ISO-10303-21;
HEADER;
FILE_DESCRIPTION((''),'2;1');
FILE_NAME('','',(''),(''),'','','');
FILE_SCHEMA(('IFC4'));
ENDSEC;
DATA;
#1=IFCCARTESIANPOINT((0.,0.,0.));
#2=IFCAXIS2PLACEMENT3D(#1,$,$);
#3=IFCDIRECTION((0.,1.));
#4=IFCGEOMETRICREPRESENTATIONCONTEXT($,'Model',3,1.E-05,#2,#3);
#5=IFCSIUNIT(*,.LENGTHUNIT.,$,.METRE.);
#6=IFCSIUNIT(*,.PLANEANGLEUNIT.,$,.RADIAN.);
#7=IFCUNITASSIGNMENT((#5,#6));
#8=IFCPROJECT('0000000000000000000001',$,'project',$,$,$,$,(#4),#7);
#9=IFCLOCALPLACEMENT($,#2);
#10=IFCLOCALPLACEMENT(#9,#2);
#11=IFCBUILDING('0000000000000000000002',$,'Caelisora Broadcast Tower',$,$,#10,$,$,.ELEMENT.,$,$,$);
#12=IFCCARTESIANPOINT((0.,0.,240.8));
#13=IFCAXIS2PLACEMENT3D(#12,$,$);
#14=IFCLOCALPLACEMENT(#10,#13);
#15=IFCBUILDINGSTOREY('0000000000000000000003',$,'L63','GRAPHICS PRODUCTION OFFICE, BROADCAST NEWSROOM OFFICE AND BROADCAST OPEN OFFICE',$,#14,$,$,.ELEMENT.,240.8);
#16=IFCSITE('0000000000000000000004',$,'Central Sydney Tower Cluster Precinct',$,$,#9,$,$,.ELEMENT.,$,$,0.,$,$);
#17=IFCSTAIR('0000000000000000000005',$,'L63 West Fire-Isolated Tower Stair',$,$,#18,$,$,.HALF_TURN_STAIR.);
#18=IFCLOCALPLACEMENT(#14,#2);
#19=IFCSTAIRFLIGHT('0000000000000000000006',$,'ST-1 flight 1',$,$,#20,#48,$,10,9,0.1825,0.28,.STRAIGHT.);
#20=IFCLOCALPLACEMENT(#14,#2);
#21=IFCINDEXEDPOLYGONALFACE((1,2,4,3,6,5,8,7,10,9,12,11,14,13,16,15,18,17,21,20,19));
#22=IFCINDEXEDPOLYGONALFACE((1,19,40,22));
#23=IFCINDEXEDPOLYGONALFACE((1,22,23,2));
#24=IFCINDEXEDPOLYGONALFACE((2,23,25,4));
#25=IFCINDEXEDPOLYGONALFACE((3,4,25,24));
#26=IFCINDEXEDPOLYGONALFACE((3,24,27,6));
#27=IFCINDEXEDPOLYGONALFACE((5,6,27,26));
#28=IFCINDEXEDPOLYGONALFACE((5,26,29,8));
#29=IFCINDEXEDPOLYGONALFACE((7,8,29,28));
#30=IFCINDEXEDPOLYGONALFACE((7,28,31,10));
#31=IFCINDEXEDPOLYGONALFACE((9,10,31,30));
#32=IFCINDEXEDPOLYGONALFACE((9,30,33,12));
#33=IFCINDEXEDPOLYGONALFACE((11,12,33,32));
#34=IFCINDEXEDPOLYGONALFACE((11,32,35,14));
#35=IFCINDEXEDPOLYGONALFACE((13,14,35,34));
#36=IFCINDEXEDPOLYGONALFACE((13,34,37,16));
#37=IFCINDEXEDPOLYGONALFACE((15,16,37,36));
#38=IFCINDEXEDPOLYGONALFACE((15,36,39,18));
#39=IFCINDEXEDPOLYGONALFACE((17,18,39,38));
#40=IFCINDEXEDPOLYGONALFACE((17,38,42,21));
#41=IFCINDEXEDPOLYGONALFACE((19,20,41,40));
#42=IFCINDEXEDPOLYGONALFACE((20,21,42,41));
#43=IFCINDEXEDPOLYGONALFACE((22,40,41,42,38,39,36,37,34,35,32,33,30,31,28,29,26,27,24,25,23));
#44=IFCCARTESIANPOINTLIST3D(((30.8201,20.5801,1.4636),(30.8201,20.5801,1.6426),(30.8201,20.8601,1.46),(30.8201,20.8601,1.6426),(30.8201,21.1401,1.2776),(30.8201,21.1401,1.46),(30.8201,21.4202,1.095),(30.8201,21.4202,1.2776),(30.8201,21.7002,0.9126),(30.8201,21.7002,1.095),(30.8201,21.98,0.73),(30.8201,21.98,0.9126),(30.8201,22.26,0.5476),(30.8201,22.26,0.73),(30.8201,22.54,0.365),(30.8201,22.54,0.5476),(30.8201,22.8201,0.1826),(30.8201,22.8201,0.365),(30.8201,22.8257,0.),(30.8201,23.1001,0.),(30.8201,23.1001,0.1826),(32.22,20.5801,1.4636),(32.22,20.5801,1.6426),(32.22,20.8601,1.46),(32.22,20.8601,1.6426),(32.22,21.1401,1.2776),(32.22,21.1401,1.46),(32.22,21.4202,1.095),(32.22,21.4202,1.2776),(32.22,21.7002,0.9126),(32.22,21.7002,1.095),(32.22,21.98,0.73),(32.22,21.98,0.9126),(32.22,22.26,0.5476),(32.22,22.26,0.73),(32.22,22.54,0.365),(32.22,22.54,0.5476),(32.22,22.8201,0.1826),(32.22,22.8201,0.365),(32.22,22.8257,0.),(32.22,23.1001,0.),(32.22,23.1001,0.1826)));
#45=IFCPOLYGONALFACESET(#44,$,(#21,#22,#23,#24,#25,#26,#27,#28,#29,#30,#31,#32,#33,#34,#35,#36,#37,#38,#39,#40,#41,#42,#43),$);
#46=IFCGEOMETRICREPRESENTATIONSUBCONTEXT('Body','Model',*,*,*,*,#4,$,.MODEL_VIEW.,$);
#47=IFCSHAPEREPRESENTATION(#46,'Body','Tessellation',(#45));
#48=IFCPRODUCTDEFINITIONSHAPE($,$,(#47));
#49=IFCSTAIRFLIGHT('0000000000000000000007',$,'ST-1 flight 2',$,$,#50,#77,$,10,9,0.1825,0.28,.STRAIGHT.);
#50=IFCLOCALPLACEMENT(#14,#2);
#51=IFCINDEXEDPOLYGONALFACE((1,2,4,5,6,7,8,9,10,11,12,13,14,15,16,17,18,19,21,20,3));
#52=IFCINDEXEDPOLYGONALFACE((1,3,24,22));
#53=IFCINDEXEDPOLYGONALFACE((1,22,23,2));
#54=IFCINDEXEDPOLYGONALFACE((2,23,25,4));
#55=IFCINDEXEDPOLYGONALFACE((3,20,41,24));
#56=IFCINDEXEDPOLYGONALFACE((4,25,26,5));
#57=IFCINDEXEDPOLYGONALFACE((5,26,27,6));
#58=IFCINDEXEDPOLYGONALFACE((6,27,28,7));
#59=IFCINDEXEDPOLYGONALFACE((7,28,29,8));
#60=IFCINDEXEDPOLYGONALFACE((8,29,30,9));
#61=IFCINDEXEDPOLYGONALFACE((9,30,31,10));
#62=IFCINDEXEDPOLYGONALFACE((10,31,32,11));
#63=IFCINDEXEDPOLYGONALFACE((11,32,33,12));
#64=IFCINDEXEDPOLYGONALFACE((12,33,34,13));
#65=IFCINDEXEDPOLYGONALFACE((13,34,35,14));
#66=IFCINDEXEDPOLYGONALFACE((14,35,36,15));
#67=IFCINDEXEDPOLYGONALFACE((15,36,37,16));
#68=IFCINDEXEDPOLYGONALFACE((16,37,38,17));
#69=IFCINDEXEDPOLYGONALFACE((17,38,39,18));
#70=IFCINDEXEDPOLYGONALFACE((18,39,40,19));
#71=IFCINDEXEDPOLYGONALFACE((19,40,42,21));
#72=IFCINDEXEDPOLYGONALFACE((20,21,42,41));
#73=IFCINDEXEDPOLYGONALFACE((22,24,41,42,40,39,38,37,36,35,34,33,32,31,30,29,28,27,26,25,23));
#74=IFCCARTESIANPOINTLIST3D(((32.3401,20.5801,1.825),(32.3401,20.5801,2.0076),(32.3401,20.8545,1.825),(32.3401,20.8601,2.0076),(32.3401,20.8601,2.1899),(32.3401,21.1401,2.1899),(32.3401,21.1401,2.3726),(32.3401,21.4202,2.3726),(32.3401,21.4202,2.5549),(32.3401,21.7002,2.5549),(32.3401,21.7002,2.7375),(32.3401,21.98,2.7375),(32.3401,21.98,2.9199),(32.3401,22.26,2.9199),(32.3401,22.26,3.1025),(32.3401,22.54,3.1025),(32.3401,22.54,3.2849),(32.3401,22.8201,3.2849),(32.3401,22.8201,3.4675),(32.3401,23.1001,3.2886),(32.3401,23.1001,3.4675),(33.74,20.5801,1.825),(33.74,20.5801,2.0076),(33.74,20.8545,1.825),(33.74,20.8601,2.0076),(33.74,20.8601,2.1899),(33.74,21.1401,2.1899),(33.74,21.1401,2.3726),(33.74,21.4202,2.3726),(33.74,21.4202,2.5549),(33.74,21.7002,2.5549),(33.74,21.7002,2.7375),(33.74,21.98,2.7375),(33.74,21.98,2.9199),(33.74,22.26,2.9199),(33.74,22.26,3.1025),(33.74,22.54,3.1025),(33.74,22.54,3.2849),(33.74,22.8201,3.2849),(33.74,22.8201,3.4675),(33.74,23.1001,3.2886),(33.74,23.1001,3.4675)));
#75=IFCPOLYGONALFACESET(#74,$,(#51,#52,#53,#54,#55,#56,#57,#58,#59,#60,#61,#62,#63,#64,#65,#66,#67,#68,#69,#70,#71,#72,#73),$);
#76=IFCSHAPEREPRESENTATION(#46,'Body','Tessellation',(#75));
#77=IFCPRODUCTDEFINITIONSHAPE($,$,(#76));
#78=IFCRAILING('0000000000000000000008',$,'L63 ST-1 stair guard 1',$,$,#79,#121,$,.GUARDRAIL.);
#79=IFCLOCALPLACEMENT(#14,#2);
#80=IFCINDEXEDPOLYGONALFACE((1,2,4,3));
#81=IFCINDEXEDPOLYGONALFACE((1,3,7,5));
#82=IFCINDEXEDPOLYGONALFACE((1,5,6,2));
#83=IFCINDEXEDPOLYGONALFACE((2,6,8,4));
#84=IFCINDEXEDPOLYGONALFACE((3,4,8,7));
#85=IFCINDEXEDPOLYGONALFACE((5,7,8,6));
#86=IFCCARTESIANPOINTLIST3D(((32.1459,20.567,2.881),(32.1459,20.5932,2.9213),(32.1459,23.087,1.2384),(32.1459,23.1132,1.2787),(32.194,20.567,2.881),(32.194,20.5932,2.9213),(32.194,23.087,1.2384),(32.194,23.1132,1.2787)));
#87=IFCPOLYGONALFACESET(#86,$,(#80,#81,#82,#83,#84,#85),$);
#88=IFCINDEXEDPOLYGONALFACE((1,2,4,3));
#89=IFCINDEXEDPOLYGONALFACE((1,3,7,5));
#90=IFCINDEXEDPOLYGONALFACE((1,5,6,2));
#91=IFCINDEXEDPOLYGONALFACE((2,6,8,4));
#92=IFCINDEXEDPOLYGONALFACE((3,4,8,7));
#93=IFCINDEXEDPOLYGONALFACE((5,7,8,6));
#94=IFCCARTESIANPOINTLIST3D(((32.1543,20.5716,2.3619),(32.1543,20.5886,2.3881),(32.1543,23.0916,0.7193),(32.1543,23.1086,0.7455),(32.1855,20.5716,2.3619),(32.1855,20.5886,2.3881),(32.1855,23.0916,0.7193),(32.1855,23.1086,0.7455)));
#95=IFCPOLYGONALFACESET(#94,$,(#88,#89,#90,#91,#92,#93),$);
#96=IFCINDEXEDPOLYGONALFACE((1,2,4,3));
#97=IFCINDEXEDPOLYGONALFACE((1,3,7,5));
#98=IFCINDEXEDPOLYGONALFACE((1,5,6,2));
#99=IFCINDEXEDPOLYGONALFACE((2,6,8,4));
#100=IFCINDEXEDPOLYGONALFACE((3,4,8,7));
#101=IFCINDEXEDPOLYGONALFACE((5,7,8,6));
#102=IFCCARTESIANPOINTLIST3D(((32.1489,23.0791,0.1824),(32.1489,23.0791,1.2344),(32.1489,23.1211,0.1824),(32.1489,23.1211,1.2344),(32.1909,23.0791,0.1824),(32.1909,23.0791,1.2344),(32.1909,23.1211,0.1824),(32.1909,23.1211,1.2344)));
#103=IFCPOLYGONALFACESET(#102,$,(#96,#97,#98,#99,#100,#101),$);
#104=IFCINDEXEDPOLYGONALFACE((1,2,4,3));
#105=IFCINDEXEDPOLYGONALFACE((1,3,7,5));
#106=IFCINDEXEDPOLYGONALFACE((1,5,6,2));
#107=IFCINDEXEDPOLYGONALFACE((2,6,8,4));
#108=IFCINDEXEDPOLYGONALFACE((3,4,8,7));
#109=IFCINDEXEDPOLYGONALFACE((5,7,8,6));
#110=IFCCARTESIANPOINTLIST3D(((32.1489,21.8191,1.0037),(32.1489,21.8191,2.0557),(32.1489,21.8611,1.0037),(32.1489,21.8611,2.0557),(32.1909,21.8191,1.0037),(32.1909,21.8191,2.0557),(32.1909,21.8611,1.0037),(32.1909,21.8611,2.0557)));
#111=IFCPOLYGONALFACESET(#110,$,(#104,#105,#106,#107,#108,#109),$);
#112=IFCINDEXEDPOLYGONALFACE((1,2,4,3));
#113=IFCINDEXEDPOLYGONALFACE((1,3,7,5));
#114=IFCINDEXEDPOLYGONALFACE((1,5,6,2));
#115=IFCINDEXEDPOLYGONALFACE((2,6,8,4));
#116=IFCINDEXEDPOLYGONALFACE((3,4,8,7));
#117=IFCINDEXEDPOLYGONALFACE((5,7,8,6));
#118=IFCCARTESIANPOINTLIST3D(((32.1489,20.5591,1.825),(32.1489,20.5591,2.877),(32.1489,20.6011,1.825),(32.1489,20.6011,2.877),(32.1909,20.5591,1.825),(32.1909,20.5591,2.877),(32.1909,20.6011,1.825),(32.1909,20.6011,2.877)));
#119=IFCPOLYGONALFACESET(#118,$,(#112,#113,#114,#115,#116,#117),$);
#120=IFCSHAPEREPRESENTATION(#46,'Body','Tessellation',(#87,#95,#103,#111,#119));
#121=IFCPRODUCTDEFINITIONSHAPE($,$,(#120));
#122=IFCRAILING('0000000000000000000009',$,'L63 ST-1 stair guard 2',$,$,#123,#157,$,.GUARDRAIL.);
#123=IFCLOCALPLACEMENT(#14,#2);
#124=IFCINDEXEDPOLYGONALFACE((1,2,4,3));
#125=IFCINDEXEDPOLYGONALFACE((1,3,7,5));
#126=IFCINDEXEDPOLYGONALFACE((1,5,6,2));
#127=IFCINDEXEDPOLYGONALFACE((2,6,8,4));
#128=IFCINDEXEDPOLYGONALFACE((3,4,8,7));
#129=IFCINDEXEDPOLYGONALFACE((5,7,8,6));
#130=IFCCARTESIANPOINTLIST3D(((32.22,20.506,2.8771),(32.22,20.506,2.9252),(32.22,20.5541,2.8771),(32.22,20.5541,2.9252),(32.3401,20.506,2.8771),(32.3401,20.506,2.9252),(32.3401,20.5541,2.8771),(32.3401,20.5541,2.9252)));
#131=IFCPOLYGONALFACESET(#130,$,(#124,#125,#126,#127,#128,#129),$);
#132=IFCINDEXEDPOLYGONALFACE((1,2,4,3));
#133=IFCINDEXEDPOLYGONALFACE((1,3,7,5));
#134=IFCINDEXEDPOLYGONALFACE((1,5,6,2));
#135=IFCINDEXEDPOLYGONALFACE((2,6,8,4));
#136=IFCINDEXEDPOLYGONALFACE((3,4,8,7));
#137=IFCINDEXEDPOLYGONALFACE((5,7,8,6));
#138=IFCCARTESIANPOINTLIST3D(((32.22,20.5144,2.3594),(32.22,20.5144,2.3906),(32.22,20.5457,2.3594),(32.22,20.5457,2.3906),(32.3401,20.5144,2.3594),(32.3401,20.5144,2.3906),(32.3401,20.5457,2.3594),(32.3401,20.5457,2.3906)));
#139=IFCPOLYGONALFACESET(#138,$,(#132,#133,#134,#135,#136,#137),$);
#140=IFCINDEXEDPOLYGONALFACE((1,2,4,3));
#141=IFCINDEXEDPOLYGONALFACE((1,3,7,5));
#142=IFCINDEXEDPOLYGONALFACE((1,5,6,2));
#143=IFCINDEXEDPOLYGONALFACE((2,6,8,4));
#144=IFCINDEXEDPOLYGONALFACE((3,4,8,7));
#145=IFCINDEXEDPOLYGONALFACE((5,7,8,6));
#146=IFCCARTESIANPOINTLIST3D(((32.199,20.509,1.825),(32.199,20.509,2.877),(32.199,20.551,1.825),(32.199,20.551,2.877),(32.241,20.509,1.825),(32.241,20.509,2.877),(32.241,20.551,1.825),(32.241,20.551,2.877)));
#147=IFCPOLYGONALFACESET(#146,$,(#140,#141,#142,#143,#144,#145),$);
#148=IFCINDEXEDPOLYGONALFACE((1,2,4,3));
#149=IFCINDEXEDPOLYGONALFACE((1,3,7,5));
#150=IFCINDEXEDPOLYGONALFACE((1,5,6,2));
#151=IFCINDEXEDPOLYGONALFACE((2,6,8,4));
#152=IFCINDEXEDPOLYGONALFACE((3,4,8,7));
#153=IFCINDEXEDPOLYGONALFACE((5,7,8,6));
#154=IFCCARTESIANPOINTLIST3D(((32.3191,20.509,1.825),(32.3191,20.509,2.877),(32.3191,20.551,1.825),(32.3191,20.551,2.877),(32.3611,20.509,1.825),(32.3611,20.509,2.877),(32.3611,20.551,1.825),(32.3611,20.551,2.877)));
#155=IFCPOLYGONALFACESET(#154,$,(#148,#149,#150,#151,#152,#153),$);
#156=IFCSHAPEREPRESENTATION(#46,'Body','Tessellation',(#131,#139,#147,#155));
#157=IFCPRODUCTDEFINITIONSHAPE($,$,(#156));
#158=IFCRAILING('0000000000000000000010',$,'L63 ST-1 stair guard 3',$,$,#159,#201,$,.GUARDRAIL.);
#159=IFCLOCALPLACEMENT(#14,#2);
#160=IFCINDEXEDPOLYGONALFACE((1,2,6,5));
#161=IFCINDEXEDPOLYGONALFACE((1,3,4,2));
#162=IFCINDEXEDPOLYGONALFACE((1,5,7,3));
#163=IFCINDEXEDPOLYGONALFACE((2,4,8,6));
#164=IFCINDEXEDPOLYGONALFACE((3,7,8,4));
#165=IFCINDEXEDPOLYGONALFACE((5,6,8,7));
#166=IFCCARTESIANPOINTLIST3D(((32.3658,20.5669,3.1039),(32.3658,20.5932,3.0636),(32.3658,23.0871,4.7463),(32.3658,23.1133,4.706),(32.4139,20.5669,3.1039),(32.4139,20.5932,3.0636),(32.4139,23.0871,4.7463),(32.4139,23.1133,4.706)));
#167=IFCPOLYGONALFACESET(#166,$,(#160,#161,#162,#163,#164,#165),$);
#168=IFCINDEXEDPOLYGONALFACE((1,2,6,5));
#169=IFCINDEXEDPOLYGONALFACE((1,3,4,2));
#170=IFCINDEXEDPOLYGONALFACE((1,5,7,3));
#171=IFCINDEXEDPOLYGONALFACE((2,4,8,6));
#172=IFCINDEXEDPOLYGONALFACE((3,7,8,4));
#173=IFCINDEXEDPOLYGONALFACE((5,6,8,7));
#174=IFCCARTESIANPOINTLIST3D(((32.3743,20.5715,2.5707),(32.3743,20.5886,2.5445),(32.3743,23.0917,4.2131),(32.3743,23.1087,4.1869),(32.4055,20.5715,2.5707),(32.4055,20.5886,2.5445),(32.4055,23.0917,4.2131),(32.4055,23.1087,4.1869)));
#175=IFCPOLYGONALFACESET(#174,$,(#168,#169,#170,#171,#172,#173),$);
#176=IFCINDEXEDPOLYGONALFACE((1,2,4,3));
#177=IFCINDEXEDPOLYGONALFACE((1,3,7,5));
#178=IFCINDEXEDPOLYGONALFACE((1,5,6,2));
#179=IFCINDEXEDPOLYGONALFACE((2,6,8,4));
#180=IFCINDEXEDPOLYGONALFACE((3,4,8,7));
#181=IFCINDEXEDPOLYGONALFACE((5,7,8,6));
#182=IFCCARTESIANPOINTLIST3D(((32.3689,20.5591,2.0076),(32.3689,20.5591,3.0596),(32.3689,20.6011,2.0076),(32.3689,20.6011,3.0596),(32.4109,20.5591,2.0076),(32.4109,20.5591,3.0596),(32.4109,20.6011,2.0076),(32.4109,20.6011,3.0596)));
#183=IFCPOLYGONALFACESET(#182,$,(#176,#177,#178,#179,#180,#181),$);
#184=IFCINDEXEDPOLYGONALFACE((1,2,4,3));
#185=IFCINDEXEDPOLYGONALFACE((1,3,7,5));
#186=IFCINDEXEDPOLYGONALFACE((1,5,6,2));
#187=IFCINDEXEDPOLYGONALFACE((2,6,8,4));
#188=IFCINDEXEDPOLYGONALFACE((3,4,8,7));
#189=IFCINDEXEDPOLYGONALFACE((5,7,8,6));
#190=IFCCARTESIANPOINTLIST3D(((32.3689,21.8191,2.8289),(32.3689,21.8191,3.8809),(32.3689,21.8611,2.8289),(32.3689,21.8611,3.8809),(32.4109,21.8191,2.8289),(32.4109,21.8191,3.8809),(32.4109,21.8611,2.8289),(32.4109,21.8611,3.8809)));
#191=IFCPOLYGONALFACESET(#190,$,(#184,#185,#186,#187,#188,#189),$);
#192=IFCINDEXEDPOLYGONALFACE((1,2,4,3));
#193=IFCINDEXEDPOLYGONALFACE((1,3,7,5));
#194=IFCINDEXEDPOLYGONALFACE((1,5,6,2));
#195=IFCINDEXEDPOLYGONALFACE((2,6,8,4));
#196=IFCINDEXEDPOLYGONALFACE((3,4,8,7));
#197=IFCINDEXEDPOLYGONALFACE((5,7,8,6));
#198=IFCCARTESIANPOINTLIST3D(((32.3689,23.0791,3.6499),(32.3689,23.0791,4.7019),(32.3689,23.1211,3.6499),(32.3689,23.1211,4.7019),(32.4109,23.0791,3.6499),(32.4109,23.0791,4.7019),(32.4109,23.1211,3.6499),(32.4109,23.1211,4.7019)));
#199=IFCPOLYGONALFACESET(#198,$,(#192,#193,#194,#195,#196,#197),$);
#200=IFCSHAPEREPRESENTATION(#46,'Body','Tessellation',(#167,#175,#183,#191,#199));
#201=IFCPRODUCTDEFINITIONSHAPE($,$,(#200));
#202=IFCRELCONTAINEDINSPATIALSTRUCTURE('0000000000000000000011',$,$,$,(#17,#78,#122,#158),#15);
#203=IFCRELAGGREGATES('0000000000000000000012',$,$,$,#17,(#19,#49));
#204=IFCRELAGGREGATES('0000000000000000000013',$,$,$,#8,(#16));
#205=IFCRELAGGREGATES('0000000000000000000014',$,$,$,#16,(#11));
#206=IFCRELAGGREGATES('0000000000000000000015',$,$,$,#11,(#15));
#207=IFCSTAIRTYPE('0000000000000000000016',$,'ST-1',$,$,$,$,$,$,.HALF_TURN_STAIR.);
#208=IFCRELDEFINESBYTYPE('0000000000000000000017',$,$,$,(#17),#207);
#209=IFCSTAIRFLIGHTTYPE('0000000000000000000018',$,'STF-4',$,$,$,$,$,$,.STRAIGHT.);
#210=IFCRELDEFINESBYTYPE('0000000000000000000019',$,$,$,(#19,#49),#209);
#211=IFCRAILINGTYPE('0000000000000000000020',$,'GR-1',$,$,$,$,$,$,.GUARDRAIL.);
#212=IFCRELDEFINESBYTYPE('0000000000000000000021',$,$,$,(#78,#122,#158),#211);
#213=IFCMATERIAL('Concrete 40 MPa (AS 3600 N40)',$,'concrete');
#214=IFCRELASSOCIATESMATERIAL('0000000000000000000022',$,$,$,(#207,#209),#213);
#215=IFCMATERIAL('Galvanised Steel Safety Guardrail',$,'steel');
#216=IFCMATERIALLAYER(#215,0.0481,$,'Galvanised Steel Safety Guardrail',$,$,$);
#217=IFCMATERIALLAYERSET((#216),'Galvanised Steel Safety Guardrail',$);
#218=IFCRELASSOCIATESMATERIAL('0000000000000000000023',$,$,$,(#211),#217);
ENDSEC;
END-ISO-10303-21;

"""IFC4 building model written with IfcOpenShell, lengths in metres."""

from ifc_helpers import new_model, si_unit, direction, frame, origin, origin_2d, place, context, subcontext, project, spatial, polyline, rectangle, outline, extrude, material, layer, layer_set, type_object, element, aggregate, save


model = new_model("IFC4")

# Units and contexts
model_context = context("Model", 3, precision=1e-05, world=origin(), true_north=direction((0.0, 1.0)))
body_context = subcontext(model_context, "Body", "Model", "MODEL_VIEW")
ifc_project = project(units=[si_unit("LENGTHUNIT", "METRE"), si_unit("PLANEANGLEUNIT", "RADIAN")], contexts=[model_context])

# Site, building, storey
site_placement = place(None, origin())
site = spatial("IfcSite", under=ifc_project, at=site_placement, Name="Central Sydney Tower Cluster Precinct", CompositionType="ELEMENT", RefElevation=0.0)
building_placement = place(site_placement, origin())
building = spatial("IfcBuilding", under=site, at=building_placement, Name="Caelisora Broadcast Tower", CompositionType="ELEMENT")
storey_placement = place(building_placement, frame((0.0, 0.0, 240.8)))
storey = spatial("IfcBuildingStorey", under=building, at=storey_placement, Name="L63", Description="GRAPHICS PRODUCTION OFFICE, BROADCAST NEWSROOM OFFICE AND BROADCAST OPEN OFFICE", CompositionType="ELEMENT", Elevation=240.8)

# Shared definitions
ifc_material_1 = material(Name="Concrete 40 MPa (AS 3600 N40)", Category="concrete")

# Stair, stair flights
stair_type = type_object("IfcStairType", Name="ST-1", PredefinedType="HALF_TURN_STAIR", material=ifc_material_1)
stair_placement = place(storey_placement, origin())
stair = element("IfcStair", 1, at=stair_placement, inside=storey, type_object=stair_type, Name="L63 West Fire-Isolated Tower Stair", PredefinedType="HALF_TURN_STAIR")
stair_flight_type = type_object("IfcStairFlightType", Name="STF-4", PredefinedType="STRAIGHT", material=ifc_material_1)
stair_flight_1_placement = place(storey_placement, frame((31.52, 23.1001, 0.0), z_axis=(0.0, 0.0, 1.0), x_axis=(0.0, -1.0, 0.0)))
stair_flight_1 = element("IfcStairFlight", 2, at=stair_flight_1_placement, type_object=stair_flight_type, Name="ST-1 flight 1", NumberOfRisers=10, NumberOfTreads=9, PredefinedType="STRAIGHT", RiserHeight=0.1825, TreadLength=0.28, context=body_context, shape_type="SweptSolid", body=[
    extrude(outline(polyline([(0.0, 0.0), (0.0, 0.1826), (0.28, 0.1826), (0.28, 0.365), (0.5601, 0.365), (0.5601, 0.5476), (0.8401, 0.5476), (0.8401, 0.73), (1.1201, 0.73), (1.1201, 0.9126), (1.3999, 0.9126), (1.3999, 1.095), (1.6799, 1.095), (1.6799, 1.2776), (1.96, 1.2776), (1.96, 1.46), (2.24, 1.46), (2.24, 1.6426), (2.52, 1.6426), (2.52, 1.825), (2.52, 1.4636), (0.2744, 0.0), (0.0, 0.0)])), frame((0.0, 0.7, 0.0), z_axis=(0.0, -1.0, 0.0), x_axis=(1.0, 0.0, 0.0)), (0.0, 0.0, 1.0), 1.3999),
])
stair_flight_2_placement = place(storey_placement, frame((33.04, 20.5801, 1.825), z_axis=(0.0, 0.0, 1.0), x_axis=(0.0, 1.0, 0.0)))
stair_flight_2 = element("IfcStairFlight", 3, at=stair_flight_2_placement, type_object=stair_flight_type, Name="ST-1 flight 2", NumberOfRisers=10, NumberOfTreads=9, PredefinedType="STRAIGHT", RiserHeight=0.1825, TreadLength=0.28, context=body_context, shape_type="SweptSolid", body=[
    extrude(outline(polyline([(0.0, 0.0), (0.0, 0.1826), (0.28, 0.1826), (0.28, 0.365), (0.5601, 0.365), (0.5601, 0.5476), (0.8401, 0.5476), (0.8401, 0.73), (1.1201, 0.73), (1.1201, 0.9126), (1.3999, 0.9126), (1.3999, 1.095), (1.6799, 1.095), (1.6799, 1.2776), (1.96, 1.2776), (1.96, 1.46), (2.24, 1.46), (2.24, 1.6426), (2.52, 1.6426), (2.52, 1.825), (2.52, 1.4636), (0.2744, 0.0), (0.0, 0.0)])), frame((0.0, 0.7, 0.0), z_axis=(0.0, -1.0, 0.0), x_axis=(1.0, 0.0, 0.0)), (0.0, 0.0, 1.0), 1.3999),
])
aggregate(stair, [stair_flight_1, stair_flight_2])

# Railings
ifc_material_2 = material(Name="Galvanised Steel Safety Guardrail", Category="steel")
ifc_layer_1 = layer(ifc_material_2, 0.0481, Name="Galvanised Steel Safety Guardrail")
ifc_layer_set_1 = layer_set([ifc_layer_1], Name="Galvanised Steel Safety Guardrail")
railing_type_1 = type_object("IfcRailingType", Name="GR-1", PredefinedType="GUARDRAIL", material=ifc_layer_set_1)
railing_1_placement = place(storey_placement, frame((32.1699, 23.1001, 0.1824)))
element("IfcRailing", 4, at=railing_1_placement, inside=storey, type_object=railing_type_1, Name="L63 ST-1 stair guard 1", PredefinedType="GUARDRAIL", context=body_context, shape_type="SweptSolid", body=[
    extrude(rectangle(XDim=0.0481, YDim=0.0481, at=origin_2d()), frame((0.0, 0.0, 1.0762), z_axis=(0.0, -0.837749, 0.546055), x_axis=(1.0, 0.0, 0.0)), (0.0, 0.0, 1.0), 3.0081),
    extrude(rectangle(XDim=0.0312, YDim=0.0312, at=origin_2d()), frame((0.0, 0.0, 0.55), z_axis=(0.0, -0.837749, 0.546055), x_axis=(1.0, 0.0, 0.0)), (0.0, 0.0, 1.0), 3.0081),
    extrude(rectangle(XDim=0.042, YDim=0.042, at=origin_2d()), origin(), (0.0, 0.0, 1.0), 1.052),
    extrude(rectangle(XDim=0.042, YDim=0.042, at=origin_2d()), frame((0.0, -1.26, 0.8213)), (0.0, 0.0, 1.0), 1.052),
    extrude(rectangle(XDim=0.042, YDim=0.042, at=origin_2d()), frame((0.0, -2.52, 1.6426)), (0.0, 0.0, 1.0), 1.052),
])
railing_2_placement = place(storey_placement, frame((32.22, 20.53, 1.825)))
element("IfcRailing", 5, at=railing_2_placement, inside=storey, type_object=railing_type_1, Name="L63 ST-1 stair guard 2", PredefinedType="GUARDRAIL", context=body_context, shape_type="SweptSolid", body=[
    extrude(rectangle(XDim=0.0481, YDim=0.0481, at=origin_2d()), frame((0.0, 0.0, 1.0762), z_axis=(1.0, 0.0, 0.0), x_axis=(0.0, 1.0, 0.0)), (0.0, 0.0, 1.0), 0.1201),
    extrude(rectangle(XDim=0.0312, YDim=0.0312, at=origin_2d()), frame((0.0, 0.0, 0.55), z_axis=(1.0, 0.0, 0.0), x_axis=(0.0, 1.0, 0.0)), (0.0, 0.0, 1.0), 0.1201),
    extrude(rectangle(XDim=0.042, YDim=0.042, at=origin_2d()), origin(), (0.0, 0.0, 1.0), 1.052),
    extrude(rectangle(XDim=0.042, YDim=0.042, at=origin_2d()), frame((0.1201, 0.0, 0.0)), (0.0, 0.0, 1.0), 1.052),
])
railing_3_placement = place(storey_placement, frame((32.3899, 20.5801, 2.0076)))
element("IfcRailing", 6, at=railing_3_placement, inside=storey, type_object=railing_type_1, Name="L63 ST-1 stair guard 3", PredefinedType="GUARDRAIL", context=body_context, shape_type="SweptSolid", body=[
    extrude(rectangle(XDim=0.0481, YDim=0.0481, at=origin_2d()), frame((0.0, 0.0, 1.0762), z_axis=(0.0, 0.837787, 0.545998), x_axis=(-1.0, 0.0, 0.0)), (0.0, 0.0, 1.0), 3.0081),
    extrude(rectangle(XDim=0.0312, YDim=0.0312, at=origin_2d()), frame((0.0, 0.0, 0.55), z_axis=(0.0, 0.837787, 0.545998), x_axis=(-1.0, 0.0, 0.0)), (0.0, 0.0, 1.0), 3.0081),
    extrude(rectangle(XDim=0.042, YDim=0.042, at=origin_2d()), origin(), (0.0, 0.0, 1.0), 1.052),
    extrude(rectangle(XDim=0.042, YDim=0.042, at=origin_2d()), frame((0.0, 1.26, 0.8213)), (0.0, 0.0, 1.0), 1.052),
    extrude(rectangle(XDim=0.042, YDim=0.042, at=origin_2d()), frame((0.0, 2.52, 1.6423)), (0.0, 0.0, 1.0), 1.052),
])

save(model, "model.ifc")
